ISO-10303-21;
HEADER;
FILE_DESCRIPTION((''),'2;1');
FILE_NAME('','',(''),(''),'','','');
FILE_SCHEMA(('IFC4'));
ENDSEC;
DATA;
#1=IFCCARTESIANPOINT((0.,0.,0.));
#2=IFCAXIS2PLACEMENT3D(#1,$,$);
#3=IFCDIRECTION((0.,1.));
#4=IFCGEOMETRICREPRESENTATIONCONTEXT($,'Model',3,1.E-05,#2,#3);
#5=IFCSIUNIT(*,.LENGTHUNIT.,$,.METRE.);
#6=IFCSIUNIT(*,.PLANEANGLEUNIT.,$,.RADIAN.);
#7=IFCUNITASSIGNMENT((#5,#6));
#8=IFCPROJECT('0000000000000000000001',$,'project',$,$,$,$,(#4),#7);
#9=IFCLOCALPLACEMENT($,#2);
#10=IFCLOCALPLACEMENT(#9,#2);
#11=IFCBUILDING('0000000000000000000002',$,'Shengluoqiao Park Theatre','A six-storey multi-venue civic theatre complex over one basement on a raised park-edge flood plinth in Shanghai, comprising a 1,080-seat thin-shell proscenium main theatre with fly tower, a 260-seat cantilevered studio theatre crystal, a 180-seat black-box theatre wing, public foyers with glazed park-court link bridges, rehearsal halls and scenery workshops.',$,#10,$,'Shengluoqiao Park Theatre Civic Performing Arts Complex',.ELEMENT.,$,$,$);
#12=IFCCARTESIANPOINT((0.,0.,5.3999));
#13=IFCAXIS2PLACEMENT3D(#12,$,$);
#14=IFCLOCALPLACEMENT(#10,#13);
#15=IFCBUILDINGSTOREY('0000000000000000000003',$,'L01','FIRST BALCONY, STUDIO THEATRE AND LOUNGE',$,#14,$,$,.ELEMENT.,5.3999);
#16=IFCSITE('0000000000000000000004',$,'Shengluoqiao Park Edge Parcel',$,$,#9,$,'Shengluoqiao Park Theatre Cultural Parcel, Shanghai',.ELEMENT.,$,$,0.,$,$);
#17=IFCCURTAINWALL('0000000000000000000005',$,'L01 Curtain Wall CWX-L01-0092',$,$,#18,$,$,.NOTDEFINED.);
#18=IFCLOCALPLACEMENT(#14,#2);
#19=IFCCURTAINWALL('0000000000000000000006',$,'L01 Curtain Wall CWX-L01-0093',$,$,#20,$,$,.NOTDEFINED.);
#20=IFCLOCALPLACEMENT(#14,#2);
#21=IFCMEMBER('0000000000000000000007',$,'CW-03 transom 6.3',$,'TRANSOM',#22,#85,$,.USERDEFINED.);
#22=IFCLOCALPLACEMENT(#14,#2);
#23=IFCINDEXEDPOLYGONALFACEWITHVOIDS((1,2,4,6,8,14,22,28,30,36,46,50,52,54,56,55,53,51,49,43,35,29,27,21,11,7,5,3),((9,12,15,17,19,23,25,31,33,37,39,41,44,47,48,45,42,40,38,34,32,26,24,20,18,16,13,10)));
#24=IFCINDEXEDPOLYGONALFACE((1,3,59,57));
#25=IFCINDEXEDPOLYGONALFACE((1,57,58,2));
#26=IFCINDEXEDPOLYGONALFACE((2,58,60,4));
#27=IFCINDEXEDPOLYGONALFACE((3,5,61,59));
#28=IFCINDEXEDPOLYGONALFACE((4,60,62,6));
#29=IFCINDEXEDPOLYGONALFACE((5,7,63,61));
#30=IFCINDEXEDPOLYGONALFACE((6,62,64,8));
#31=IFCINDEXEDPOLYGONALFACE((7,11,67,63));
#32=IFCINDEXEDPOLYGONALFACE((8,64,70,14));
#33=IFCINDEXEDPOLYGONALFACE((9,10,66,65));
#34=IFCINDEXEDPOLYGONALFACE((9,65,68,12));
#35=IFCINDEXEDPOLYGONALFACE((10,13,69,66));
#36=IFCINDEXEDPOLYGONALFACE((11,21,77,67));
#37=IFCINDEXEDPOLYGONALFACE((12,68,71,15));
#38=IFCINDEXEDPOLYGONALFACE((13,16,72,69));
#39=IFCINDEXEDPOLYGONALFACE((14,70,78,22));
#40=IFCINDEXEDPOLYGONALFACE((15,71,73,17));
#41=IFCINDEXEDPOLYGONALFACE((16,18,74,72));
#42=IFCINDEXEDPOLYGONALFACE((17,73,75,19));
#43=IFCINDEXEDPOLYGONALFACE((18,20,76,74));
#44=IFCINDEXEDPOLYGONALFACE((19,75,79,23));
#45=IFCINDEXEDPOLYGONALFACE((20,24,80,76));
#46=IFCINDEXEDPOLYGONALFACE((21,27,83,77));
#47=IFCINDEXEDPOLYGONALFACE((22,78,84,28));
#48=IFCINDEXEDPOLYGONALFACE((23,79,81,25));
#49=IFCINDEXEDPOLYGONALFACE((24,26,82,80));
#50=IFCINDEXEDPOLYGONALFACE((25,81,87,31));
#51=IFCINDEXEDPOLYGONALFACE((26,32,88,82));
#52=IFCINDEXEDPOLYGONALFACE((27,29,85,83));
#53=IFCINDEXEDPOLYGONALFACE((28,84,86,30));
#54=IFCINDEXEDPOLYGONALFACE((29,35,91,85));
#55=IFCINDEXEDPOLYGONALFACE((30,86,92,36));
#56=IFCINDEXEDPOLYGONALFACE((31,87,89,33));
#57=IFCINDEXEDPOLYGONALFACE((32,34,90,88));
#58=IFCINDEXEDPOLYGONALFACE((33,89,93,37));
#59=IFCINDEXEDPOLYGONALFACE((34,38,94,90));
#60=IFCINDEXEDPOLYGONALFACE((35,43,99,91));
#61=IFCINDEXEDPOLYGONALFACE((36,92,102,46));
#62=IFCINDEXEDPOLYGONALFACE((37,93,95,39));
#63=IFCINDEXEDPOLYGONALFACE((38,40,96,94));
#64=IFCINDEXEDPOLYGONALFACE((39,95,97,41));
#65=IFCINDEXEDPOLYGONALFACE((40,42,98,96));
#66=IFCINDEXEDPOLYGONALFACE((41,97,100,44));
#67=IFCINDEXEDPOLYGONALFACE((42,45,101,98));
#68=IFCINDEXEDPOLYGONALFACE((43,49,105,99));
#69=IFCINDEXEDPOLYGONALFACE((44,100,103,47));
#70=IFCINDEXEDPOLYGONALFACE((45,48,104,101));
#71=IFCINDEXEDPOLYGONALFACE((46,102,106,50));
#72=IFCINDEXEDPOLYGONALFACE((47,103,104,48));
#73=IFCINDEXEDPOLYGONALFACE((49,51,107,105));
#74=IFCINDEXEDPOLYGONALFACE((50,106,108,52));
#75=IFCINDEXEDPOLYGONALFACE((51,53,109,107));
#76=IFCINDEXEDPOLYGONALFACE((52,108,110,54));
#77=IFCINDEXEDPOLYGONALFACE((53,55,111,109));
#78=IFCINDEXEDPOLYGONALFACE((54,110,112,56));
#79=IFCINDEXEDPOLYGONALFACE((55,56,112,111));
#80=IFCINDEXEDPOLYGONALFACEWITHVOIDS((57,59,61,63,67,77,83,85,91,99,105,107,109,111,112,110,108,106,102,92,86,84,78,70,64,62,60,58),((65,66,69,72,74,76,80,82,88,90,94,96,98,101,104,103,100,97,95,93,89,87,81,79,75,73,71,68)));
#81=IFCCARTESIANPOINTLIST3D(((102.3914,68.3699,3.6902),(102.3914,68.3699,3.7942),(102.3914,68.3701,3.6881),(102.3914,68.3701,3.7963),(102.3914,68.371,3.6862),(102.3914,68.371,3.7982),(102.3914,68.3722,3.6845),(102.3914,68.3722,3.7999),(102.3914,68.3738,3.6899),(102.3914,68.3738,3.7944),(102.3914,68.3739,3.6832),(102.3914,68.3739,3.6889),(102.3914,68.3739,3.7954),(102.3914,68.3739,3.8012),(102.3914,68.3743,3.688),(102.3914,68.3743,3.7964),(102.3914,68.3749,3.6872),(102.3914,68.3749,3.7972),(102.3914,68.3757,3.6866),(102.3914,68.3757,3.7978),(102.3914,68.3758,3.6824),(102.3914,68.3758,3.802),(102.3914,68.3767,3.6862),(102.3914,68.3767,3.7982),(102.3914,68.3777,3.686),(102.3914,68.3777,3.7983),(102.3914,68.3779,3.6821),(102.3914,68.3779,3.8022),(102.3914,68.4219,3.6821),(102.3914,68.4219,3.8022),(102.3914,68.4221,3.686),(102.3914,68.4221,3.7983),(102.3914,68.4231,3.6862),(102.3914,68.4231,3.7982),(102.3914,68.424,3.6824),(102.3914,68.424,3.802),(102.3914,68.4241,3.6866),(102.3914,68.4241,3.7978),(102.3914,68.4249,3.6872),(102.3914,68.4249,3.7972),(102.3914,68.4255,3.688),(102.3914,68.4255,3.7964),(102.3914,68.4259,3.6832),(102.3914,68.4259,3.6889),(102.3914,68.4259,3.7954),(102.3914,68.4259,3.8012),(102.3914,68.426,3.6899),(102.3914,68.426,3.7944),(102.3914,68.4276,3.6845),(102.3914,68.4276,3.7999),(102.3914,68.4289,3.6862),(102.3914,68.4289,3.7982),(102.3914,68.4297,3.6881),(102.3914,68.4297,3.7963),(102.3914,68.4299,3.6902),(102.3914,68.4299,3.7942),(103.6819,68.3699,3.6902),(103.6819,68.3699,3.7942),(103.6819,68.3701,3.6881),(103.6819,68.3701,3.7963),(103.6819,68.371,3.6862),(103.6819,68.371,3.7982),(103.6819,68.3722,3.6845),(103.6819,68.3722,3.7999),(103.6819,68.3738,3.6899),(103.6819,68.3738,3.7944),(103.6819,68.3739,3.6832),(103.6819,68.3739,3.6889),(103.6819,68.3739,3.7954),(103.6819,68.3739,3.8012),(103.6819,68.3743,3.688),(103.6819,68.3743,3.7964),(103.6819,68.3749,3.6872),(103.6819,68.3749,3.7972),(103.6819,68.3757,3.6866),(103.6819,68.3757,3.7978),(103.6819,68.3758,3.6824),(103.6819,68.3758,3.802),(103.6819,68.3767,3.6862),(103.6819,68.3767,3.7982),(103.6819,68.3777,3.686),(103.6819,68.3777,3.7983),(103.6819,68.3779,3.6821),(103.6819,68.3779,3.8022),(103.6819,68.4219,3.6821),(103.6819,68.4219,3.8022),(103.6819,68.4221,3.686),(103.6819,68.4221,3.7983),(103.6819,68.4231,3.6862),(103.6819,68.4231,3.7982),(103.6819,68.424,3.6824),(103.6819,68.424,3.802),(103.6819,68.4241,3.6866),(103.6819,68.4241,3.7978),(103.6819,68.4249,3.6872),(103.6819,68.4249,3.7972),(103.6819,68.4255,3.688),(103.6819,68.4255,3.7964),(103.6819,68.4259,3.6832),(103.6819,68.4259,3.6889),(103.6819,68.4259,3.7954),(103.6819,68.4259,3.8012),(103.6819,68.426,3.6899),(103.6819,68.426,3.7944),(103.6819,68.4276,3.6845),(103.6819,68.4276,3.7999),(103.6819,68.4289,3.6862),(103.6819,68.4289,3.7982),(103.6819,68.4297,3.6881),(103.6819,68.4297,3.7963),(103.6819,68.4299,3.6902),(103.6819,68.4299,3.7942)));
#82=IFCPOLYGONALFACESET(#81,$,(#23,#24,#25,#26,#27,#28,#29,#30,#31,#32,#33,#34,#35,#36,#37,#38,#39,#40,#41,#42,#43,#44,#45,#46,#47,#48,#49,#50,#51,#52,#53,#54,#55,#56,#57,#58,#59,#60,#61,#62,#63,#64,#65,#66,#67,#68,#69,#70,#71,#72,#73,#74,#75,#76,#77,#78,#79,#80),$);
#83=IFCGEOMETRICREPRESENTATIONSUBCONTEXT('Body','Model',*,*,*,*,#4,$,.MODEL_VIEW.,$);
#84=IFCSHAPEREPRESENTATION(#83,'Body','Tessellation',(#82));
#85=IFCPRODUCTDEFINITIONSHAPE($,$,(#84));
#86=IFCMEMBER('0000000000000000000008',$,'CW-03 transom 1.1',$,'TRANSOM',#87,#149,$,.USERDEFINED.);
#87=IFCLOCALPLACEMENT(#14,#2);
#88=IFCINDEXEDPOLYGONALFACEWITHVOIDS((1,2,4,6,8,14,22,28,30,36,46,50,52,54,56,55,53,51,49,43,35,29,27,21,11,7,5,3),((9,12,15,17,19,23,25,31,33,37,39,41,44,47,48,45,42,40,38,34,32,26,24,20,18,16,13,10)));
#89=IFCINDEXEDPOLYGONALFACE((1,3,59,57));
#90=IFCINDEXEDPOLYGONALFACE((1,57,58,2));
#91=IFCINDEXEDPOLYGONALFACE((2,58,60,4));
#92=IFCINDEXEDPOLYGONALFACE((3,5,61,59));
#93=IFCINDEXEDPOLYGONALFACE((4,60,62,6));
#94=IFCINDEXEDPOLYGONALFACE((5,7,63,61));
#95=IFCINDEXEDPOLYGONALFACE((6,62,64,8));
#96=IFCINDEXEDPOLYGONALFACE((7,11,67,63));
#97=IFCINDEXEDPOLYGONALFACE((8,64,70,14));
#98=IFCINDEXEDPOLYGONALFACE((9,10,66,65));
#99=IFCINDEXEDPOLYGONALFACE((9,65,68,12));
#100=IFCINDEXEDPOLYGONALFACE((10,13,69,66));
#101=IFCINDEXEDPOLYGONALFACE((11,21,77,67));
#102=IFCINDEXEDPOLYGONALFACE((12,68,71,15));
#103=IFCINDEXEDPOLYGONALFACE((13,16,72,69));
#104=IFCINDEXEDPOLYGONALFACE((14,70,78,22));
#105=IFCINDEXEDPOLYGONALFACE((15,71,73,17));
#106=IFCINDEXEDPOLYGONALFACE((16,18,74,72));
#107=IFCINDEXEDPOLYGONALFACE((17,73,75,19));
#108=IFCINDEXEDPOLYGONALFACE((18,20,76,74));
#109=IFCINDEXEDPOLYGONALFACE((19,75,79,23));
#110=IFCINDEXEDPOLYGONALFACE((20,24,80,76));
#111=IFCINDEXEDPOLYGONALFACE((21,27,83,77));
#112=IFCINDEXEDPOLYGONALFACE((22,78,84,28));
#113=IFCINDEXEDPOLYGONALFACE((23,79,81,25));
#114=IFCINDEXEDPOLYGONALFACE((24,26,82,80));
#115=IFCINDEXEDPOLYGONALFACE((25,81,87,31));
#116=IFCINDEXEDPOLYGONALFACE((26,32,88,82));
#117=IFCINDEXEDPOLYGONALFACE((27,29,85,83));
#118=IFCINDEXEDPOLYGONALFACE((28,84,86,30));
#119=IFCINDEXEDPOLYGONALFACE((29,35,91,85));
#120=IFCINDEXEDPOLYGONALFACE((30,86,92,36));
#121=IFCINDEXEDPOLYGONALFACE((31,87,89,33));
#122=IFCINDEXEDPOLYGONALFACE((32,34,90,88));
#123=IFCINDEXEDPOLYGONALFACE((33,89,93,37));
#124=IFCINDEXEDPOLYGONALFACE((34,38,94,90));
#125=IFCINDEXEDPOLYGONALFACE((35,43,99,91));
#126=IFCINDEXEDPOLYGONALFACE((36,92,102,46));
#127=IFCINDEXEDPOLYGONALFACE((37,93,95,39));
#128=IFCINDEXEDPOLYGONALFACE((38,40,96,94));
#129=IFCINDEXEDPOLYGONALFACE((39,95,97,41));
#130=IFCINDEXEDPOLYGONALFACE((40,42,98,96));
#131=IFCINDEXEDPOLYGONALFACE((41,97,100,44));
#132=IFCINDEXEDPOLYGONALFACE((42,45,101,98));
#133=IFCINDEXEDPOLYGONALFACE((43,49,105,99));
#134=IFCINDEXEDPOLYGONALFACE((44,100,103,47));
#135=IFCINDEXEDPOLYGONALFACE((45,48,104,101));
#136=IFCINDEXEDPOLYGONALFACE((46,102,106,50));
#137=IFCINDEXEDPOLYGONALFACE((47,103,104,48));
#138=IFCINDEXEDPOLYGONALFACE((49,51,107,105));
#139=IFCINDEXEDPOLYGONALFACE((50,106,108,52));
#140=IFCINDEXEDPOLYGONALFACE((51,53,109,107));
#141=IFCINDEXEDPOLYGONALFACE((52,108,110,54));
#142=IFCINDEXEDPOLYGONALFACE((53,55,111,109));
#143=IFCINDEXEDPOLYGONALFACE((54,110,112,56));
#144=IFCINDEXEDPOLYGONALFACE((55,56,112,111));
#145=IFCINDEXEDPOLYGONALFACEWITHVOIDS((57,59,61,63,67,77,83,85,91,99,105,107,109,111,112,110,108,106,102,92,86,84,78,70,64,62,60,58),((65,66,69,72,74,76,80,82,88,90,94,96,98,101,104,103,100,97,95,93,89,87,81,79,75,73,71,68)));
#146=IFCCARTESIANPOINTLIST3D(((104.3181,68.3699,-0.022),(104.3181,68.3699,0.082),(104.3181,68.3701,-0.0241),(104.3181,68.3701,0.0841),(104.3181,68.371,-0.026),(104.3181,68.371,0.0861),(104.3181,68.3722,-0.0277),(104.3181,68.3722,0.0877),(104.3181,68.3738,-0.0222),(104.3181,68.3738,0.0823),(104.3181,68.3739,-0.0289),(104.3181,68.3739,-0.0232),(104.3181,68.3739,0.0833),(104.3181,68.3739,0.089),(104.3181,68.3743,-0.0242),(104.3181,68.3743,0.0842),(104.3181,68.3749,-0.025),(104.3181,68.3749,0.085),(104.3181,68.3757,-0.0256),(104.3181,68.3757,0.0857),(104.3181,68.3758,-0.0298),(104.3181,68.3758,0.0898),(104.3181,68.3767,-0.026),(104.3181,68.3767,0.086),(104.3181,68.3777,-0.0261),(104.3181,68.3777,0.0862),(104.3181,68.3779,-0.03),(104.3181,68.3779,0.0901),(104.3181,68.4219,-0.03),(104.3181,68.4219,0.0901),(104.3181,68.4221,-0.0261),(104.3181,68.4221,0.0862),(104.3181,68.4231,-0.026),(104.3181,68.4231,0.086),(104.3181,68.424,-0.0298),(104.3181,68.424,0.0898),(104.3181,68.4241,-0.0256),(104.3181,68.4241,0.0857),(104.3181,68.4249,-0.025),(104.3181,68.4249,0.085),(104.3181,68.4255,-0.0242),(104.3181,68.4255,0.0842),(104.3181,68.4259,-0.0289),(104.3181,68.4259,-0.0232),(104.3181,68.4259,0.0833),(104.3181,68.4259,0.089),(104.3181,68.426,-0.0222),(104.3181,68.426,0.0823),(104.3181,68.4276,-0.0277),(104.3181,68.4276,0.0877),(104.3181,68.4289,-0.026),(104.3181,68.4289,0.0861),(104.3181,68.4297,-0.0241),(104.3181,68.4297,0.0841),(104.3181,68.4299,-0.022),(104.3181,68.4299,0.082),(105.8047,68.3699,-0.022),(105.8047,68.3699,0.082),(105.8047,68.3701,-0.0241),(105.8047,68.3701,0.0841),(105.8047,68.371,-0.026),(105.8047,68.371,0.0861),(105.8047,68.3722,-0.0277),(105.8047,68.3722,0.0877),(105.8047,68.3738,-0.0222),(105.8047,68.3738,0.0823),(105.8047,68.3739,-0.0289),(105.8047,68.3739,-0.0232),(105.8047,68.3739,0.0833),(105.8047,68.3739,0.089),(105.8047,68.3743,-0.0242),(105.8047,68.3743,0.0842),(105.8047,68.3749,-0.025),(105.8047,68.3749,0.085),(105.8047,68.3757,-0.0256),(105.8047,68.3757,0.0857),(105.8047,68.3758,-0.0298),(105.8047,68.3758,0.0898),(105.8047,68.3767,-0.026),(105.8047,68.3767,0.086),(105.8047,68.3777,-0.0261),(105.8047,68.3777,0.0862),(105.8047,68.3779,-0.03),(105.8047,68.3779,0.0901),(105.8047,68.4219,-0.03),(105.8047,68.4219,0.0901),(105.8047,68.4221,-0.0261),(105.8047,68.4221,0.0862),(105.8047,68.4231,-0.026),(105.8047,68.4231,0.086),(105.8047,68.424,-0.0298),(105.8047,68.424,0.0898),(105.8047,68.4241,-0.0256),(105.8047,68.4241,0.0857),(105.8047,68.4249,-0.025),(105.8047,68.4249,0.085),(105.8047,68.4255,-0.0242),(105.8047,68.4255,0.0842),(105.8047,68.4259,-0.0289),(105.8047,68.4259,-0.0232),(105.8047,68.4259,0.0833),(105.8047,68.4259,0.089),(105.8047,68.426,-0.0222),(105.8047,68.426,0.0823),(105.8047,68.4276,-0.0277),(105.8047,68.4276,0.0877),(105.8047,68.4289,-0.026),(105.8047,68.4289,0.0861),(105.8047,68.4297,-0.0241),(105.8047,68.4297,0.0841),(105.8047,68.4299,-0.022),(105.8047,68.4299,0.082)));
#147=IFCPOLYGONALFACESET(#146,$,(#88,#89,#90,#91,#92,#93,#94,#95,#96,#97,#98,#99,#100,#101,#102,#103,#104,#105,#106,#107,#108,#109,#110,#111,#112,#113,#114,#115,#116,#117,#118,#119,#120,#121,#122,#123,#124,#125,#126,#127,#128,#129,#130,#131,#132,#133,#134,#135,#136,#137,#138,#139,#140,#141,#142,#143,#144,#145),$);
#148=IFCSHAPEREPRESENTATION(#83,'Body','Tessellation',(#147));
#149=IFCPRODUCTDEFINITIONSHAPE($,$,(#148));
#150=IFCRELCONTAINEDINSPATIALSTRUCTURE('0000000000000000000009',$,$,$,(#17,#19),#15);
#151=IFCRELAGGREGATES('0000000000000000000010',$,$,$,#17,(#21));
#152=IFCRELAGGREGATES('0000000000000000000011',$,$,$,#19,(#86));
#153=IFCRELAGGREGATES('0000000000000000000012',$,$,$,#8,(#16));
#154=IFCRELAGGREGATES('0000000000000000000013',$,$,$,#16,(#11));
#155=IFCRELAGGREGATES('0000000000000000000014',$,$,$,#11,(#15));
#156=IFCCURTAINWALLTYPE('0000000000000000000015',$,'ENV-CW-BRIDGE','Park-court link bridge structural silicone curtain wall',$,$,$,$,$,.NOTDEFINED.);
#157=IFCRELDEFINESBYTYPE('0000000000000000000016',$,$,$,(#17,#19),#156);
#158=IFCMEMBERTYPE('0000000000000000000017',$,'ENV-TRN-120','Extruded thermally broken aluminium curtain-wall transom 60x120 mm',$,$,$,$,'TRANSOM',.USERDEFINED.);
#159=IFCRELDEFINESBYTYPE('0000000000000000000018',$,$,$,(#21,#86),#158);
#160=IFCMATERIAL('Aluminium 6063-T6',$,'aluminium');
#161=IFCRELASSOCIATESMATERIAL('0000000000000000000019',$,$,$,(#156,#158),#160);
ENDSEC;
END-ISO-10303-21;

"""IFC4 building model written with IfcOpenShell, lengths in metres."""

from ifc_helpers import new_model, si_unit, direction, frame, origin, origin_2d, place, context, subcontext, project, spatial, hollow_rectangle, extrude, material, material_profile, profile_set, type_object, element, aggregate, save


model = new_model("IFC4")

# Units and contexts
model_context = context("Model", 3, precision=1e-05, world=origin(), true_north=direction((0.0, 1.0)))
body_context = subcontext(model_context, "Body", "Model", "MODEL_VIEW")
ifc_project = project(units=[si_unit("LENGTHUNIT", "METRE"), si_unit("PLANEANGLEUNIT", "RADIAN")], contexts=[model_context])

# Site, building, storey
site_placement = place(None, origin())
site = spatial("IfcSite", under=ifc_project, at=site_placement, Name="Shengluoqiao Park Edge Parcel", LongName="Shengluoqiao Park Theatre Cultural Parcel, Shanghai", CompositionType="ELEMENT", RefElevation=0.0)
building_placement = place(site_placement, origin())
building = spatial("IfcBuilding", under=site, at=building_placement, Name="Shengluoqiao Park Theatre", Description="A six-storey multi-venue civic theatre complex over one basement on a raised park-edge flood plinth in Shanghai, comprising a 1,080-seat thin-shell proscenium main theatre with fly tower, a 260-seat cantilevered studio theatre crystal, a 180-seat black-box theatre wing, public foyers with glazed park-court link bridges, rehearsal halls and scenery workshops.", LongName="Shengluoqiao Park Theatre Civic Performing Arts Complex", CompositionType="ELEMENT")
storey_placement = place(building_placement, frame((0.0, 0.0, 5.3999)))
storey = spatial("IfcBuildingStorey", under=building, at=storey_placement, Name="L01", Description="FIRST BALCONY, STUDIO THEATRE AND LOUNGE", CompositionType="ELEMENT", Elevation=5.3999)

# Curtain walls
ifc_material_1 = material(Name="Aluminium 6063-T6", Category="aluminium")
curtain_wall_type = type_object("IfcCurtainWallType", Name="ENV-CW-BRIDGE", Description="Park-court link bridge structural silicone curtain wall", PredefinedType="NOTDEFINED", material=ifc_material_1)
curtain_wall_1_placement = place(storey_placement, origin())
curtain_wall_1 = element("IfcCurtainWall", 1, at=curtain_wall_1_placement, inside=storey, type_object=curtain_wall_type, Name="L01 Curtain Wall CWX-L01-0092", PredefinedType="NOTDEFINED")
curtain_wall_2_placement = place(storey_placement, origin())
curtain_wall_2 = element("IfcCurtainWall", 2, at=curtain_wall_2_placement, inside=storey, type_object=curtain_wall_type, Name="L01 Curtain Wall CWX-L01-0093", PredefinedType="NOTDEFINED")

# Members
ifc_material_profile_1 = material_profile(ifc_material_1, hollow_rectangle(XDim=0.0601, YDim=0.1201, WallThickness=0.0039, InnerFilletRadius=0.0039, OuterFilletRadius=0.0081, at=origin_2d()), Name="ALU TRANSOM 120x60x4")
ifc_profile_set_1 = profile_set([ifc_material_profile_1], Name="Aluminium 6063-T6")
member_type_1 = type_object("IfcMemberType", Name="ENV-TRN-120", Description="Extruded thermally broken aluminium curtain-wall transom 60x120 mm", ElementType="TRANSOM", PredefinedType="USERDEFINED", material=ifc_profile_set_1)
member_1_placement = place(storey_placement, frame((102.3914, 68.3999, 3.7422), z_axis=(1.0, 0.0, 0.0), x_axis=(0.0, 1.0, 0.0)))
member_1 = element("IfcMember", 3, at=member_1_placement, type_object=member_type_1, Name="CW-03 transom 6.3", ObjectType="TRANSOM", PredefinedType="USERDEFINED", context=body_context, shape_type="SweptSolid", body=[
    extrude(hollow_rectangle(XDim=0.0601, YDim=0.1201, WallThickness=0.0039, InnerFilletRadius=0.0039, OuterFilletRadius=0.0081, at=origin_2d()), origin(), (0.0, 0.0, 1.0), 1.2905),
])
member_2_placement = place(storey_placement, frame((104.3181, 68.3999, 0.03), z_axis=(1.0, 0.0, 0.0), x_axis=(0.0, 1.0, 0.0)))
member_2 = element("IfcMember", 4, at=member_2_placement, type_object=member_type_1, Name="CW-03 transom 1.1", ObjectType="TRANSOM", PredefinedType="USERDEFINED", context=body_context, shape_type="SweptSolid", body=[
    extrude(hollow_rectangle(XDim=0.0601, YDim=0.1201, WallThickness=0.0039, InnerFilletRadius=0.0039, OuterFilletRadius=0.0081, at=origin_2d()), origin(), (0.0, 0.0, 1.0), 1.4866),
])

aggregate(curtain_wall_1, [member_1])
aggregate(curtain_wall_2, [member_2])

save(model, "model.ifc")
